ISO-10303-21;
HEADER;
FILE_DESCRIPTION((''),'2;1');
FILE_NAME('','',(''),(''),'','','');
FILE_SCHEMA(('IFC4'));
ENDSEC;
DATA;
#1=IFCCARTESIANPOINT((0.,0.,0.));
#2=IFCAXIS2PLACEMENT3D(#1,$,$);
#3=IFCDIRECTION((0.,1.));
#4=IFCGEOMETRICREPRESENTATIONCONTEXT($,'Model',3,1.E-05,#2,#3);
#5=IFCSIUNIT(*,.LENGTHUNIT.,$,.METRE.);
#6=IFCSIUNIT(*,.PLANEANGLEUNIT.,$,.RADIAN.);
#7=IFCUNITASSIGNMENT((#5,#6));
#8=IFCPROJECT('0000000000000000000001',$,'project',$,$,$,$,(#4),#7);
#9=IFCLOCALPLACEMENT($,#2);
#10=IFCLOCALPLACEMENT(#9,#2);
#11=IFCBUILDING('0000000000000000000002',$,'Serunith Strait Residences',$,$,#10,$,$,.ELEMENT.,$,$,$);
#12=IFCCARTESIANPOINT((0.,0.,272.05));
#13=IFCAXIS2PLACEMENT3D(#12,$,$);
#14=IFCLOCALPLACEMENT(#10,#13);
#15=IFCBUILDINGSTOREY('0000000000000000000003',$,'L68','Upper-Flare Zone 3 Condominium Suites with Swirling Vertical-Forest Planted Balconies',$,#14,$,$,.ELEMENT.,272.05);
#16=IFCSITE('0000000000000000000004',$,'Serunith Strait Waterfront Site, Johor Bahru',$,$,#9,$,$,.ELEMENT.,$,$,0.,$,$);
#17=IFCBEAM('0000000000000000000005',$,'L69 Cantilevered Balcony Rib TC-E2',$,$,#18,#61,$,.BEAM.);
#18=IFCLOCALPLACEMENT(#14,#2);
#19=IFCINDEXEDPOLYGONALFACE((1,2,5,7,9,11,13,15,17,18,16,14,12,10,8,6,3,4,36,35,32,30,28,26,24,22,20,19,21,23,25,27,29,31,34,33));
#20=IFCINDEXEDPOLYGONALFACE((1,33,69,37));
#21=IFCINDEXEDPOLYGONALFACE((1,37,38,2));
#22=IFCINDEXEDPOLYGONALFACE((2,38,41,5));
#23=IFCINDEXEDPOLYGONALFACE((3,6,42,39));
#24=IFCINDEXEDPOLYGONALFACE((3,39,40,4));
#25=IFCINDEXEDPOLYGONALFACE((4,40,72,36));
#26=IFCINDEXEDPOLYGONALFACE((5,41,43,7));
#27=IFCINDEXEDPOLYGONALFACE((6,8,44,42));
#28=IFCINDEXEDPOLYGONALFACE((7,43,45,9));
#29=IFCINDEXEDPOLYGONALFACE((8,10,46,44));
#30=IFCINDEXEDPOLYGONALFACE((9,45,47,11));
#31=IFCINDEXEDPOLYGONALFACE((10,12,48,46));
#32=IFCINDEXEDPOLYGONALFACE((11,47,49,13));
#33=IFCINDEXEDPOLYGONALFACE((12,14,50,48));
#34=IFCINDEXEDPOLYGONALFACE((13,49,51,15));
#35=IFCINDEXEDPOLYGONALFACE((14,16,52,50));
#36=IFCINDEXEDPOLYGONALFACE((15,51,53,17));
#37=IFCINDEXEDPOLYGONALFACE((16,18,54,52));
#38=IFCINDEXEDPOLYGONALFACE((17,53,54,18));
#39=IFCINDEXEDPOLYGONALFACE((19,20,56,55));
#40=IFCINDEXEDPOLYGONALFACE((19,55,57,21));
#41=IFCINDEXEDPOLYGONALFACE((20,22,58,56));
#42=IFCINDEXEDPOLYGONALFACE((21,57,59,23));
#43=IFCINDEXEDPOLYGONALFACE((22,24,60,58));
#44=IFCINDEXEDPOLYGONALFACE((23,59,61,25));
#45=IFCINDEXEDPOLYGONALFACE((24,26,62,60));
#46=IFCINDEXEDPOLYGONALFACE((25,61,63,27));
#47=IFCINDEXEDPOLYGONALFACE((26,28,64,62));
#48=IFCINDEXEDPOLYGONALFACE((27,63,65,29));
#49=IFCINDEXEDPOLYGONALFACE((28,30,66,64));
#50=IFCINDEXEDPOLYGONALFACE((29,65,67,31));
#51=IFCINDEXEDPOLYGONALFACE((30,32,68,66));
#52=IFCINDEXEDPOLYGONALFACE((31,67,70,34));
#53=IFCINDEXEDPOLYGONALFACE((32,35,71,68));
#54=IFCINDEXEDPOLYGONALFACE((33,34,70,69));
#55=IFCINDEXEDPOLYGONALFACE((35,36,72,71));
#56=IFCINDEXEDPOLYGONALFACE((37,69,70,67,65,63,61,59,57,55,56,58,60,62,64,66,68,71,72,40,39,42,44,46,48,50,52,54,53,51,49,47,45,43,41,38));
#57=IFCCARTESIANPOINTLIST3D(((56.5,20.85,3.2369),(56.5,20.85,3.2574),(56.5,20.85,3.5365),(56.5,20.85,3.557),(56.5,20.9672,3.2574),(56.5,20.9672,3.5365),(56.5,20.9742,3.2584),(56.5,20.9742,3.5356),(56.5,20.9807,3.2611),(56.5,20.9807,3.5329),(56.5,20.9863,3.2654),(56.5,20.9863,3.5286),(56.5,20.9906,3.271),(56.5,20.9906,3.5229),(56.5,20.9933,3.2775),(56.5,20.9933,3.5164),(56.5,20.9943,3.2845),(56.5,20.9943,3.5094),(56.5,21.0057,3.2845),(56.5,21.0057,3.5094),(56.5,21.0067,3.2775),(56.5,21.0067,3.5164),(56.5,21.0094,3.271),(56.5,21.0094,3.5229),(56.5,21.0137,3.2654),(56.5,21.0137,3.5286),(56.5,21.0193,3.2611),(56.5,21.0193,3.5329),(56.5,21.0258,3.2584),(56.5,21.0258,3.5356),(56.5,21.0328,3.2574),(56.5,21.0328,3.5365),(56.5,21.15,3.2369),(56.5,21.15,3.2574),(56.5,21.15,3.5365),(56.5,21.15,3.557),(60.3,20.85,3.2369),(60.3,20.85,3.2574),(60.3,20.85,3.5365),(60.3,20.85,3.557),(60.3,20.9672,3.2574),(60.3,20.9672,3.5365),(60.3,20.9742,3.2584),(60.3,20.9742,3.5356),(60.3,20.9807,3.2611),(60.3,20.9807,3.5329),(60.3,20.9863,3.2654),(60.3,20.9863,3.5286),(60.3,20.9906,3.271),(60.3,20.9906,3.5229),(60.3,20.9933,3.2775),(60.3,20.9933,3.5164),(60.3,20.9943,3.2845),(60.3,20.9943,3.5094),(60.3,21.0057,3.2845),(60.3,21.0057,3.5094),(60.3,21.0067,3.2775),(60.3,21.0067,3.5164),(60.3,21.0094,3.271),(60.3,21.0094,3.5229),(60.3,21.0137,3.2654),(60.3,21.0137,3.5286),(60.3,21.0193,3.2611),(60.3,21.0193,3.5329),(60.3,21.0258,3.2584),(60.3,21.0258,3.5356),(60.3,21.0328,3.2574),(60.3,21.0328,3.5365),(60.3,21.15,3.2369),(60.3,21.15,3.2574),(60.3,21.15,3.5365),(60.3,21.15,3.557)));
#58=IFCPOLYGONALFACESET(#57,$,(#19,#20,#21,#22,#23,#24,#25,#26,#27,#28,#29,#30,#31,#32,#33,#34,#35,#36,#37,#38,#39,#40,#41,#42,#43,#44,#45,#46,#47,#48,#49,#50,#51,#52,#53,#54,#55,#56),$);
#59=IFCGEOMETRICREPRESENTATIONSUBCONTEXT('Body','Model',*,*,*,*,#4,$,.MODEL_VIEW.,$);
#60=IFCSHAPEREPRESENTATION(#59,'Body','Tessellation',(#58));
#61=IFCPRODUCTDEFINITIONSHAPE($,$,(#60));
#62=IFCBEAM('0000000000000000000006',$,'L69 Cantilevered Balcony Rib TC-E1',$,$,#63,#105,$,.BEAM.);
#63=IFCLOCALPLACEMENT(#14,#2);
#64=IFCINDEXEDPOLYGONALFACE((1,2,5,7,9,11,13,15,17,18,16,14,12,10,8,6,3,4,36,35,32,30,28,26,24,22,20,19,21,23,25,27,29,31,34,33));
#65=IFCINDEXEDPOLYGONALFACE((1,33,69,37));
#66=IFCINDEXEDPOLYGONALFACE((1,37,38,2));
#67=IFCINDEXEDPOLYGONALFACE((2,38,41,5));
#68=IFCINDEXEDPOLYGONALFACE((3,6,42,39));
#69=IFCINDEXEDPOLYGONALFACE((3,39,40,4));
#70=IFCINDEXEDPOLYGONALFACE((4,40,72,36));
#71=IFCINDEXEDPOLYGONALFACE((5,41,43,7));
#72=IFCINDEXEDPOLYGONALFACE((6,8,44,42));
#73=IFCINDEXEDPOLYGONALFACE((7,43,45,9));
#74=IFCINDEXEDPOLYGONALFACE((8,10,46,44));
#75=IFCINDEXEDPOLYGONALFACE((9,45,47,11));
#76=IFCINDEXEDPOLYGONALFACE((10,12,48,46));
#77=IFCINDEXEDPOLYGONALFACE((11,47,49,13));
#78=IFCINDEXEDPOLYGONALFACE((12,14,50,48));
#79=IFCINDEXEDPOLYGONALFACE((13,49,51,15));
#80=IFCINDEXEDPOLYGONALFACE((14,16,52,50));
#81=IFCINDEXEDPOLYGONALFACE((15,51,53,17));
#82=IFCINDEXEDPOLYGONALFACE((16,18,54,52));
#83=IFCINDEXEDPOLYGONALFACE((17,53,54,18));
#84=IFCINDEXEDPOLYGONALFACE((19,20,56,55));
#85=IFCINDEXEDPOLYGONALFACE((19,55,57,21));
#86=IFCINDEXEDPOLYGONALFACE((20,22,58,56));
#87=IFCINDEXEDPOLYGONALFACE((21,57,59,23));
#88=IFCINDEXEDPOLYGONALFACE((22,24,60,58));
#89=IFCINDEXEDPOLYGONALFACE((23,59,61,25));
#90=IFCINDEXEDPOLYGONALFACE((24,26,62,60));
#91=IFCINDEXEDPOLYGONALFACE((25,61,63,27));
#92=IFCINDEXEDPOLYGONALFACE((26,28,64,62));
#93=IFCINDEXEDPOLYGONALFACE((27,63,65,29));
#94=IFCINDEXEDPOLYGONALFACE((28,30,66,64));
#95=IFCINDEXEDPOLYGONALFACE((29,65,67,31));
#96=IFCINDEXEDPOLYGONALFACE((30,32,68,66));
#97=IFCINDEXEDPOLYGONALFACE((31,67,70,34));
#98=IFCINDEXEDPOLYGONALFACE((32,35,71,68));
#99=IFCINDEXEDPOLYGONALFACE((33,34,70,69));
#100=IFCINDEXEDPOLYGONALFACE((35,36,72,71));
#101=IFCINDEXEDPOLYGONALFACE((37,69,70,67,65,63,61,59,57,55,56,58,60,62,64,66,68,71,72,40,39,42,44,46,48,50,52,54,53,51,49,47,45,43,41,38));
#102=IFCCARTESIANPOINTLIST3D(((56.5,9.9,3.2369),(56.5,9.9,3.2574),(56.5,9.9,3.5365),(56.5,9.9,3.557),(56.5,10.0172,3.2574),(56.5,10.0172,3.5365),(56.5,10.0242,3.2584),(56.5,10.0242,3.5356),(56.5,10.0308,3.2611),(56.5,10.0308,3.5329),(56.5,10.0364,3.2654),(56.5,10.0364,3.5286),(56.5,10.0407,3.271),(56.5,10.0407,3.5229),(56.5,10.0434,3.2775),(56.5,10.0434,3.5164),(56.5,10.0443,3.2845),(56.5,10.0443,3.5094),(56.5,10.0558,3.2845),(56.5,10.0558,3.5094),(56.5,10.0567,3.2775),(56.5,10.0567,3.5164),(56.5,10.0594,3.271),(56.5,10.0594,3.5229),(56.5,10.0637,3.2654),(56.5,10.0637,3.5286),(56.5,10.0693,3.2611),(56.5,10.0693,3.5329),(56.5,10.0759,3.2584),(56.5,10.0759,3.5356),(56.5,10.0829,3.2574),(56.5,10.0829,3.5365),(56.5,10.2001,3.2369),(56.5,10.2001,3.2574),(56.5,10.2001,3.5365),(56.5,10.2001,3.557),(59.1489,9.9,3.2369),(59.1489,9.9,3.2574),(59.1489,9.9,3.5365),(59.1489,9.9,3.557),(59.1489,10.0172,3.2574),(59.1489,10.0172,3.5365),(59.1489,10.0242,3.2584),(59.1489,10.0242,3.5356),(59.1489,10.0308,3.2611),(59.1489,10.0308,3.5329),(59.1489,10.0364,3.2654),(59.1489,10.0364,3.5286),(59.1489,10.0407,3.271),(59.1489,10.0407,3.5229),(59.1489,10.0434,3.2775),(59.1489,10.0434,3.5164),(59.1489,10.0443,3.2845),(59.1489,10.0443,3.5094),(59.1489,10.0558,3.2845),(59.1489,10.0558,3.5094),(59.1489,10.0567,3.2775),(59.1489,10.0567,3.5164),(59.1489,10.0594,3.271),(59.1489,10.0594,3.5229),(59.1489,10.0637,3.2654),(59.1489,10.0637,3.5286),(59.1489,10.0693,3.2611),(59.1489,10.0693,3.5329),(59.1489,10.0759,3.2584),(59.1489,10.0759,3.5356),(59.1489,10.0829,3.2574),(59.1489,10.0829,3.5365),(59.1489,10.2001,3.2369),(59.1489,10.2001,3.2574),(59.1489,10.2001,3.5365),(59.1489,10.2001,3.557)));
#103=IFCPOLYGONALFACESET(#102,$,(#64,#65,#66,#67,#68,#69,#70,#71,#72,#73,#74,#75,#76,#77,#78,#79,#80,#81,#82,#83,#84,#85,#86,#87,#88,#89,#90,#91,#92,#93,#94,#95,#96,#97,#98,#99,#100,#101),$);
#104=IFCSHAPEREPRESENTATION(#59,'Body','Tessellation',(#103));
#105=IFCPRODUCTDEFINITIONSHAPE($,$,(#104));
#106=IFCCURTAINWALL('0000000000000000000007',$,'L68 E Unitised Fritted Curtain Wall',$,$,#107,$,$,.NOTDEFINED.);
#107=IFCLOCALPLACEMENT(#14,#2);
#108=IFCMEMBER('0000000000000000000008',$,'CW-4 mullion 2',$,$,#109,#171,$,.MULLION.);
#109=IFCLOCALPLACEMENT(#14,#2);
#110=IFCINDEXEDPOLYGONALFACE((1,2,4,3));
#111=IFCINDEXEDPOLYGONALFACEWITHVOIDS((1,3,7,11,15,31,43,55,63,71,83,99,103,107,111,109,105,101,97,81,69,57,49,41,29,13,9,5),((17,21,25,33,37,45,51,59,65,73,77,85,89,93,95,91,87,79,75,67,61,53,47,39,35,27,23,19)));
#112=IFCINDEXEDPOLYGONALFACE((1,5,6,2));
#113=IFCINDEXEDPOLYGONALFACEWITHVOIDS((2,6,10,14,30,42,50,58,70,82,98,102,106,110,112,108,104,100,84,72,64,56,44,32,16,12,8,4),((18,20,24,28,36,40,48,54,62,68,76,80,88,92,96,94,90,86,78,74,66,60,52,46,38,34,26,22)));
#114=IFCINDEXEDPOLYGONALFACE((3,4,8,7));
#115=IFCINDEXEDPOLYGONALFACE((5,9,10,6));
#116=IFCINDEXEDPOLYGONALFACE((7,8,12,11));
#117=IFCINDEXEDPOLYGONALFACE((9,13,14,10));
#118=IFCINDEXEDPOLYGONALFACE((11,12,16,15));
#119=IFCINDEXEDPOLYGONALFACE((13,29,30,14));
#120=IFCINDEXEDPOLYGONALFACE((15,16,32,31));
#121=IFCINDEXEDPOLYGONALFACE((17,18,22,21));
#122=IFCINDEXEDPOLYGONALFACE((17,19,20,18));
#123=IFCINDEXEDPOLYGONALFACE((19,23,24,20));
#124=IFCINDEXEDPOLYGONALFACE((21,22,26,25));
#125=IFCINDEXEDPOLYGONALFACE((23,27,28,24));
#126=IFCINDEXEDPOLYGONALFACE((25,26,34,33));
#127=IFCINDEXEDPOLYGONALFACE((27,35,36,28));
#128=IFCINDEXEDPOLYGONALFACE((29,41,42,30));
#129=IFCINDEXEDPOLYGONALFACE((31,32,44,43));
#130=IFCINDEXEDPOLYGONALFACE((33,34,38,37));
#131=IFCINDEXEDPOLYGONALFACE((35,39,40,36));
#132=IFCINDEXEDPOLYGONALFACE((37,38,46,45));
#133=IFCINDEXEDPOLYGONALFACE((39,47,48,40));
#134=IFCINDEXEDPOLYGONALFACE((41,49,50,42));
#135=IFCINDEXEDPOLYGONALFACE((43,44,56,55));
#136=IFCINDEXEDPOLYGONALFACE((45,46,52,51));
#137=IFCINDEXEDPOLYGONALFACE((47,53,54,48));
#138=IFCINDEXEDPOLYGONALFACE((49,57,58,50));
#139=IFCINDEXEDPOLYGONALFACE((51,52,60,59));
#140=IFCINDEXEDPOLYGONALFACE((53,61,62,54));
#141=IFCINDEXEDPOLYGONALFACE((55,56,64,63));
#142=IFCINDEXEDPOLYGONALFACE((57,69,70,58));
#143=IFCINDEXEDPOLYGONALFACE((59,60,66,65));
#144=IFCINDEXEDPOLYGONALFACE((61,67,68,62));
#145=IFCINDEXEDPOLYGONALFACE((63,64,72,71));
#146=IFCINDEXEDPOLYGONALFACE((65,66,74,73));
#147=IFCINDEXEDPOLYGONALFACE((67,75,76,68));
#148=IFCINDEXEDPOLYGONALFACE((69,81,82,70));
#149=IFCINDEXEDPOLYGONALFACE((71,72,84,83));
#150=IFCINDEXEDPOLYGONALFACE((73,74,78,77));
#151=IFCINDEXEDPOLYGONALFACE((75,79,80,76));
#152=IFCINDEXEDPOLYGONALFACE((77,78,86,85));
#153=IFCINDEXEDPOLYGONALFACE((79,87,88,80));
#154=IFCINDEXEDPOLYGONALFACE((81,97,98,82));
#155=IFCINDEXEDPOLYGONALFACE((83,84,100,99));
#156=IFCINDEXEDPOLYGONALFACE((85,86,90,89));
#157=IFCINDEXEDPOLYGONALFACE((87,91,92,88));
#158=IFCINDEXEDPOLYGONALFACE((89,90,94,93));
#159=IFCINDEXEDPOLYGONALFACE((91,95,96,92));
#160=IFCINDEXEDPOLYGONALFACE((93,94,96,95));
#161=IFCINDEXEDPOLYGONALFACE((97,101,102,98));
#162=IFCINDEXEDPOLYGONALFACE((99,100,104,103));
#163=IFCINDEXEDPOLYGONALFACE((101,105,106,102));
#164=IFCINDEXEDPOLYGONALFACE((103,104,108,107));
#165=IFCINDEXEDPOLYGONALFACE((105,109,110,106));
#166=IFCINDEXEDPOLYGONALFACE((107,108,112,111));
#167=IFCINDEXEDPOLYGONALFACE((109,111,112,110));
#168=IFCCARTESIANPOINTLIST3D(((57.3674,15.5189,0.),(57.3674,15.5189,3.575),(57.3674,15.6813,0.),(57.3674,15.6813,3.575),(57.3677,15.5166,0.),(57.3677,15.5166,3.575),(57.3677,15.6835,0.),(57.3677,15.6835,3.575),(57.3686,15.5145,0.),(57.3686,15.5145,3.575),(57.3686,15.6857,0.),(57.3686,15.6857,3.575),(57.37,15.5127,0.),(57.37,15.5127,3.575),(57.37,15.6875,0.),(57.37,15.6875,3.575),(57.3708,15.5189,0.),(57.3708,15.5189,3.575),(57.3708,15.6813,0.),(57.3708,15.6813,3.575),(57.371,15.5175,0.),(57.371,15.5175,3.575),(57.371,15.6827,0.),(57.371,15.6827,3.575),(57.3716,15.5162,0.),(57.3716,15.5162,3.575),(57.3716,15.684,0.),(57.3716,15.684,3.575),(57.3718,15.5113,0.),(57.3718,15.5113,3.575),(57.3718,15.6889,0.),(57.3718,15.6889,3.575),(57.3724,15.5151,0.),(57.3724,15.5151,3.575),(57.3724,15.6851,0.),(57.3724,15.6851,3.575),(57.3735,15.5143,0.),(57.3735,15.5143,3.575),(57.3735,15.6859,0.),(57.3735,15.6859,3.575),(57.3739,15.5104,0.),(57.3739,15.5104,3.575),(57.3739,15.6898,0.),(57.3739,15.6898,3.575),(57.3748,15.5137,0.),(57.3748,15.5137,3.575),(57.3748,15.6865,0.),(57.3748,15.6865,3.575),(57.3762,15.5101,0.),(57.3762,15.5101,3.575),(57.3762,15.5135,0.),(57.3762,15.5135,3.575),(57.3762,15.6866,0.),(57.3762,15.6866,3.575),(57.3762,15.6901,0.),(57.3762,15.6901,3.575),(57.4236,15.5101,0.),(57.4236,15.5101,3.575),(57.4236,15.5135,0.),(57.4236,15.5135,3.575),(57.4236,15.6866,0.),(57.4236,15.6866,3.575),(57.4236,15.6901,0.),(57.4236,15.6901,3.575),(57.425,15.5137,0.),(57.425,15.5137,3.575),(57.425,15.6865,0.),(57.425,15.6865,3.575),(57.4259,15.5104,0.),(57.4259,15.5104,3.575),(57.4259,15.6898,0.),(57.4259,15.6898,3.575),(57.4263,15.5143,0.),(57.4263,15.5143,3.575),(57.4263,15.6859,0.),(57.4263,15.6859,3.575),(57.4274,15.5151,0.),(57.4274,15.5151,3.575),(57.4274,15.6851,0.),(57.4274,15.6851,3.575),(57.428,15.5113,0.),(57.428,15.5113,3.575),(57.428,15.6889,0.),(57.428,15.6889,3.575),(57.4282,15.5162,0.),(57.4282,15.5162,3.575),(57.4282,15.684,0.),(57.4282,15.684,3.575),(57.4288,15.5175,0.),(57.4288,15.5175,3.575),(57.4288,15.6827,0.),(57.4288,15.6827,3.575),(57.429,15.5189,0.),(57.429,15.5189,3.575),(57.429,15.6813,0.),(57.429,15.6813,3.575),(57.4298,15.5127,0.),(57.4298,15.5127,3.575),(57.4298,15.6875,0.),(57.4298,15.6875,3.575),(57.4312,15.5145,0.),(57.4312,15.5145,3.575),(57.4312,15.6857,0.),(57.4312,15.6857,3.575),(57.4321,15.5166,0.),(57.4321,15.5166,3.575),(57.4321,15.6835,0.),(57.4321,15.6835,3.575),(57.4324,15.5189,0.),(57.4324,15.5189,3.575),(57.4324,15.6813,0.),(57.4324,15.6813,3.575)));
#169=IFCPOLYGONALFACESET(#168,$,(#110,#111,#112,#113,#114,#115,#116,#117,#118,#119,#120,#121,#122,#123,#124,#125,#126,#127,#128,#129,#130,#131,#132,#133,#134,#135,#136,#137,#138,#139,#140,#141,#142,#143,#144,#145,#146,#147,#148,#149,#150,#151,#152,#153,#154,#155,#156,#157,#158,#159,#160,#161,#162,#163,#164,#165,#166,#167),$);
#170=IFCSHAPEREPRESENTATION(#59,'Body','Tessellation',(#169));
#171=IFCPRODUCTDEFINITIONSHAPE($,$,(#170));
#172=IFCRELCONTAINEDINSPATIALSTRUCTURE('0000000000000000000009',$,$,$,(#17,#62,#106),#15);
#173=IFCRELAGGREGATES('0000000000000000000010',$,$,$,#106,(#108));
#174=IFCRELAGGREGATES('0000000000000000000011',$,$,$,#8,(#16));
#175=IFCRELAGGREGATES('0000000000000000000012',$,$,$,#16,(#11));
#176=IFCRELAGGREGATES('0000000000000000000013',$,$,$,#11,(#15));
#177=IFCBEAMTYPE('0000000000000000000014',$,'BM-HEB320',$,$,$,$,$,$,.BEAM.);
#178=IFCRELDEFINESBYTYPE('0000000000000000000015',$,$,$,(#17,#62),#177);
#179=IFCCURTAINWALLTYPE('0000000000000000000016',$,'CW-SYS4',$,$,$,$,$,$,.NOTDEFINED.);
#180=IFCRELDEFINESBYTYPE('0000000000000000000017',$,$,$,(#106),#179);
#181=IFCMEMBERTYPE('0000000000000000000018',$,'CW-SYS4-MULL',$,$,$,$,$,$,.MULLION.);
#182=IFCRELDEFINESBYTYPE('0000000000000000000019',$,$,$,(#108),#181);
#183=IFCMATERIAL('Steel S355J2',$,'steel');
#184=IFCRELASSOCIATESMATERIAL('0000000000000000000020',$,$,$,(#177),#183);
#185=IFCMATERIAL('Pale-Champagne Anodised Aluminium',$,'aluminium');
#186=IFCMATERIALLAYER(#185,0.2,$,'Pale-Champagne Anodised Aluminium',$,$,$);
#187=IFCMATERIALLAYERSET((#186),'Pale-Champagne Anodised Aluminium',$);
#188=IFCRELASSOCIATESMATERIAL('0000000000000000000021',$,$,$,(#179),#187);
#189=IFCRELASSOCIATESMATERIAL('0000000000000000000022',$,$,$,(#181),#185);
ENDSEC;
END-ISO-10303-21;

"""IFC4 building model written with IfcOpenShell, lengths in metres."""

from ifc_helpers import new_model, si_unit, direction, frame, origin, origin_2d, place, context, subcontext, project, spatial, hollow_rectangle, i_section, extrude, source, transform, mapped, material, layer, layer_set, material_profile, profile_set, type_object, element, aggregate, save


model = new_model("IFC4")

# Units and contexts
model_context = context("Model", 3, precision=1e-05, world=origin(), true_north=direction((0.0, 1.0)))
body_context = subcontext(model_context, "Body", "Model", "MODEL_VIEW")
ifc_project = project(units=[si_unit("LENGTHUNIT", "METRE"), si_unit("PLANEANGLEUNIT", "RADIAN")], contexts=[model_context])

# Site, building, storey
site_placement = place(None, origin())
site = spatial("IfcSite", under=ifc_project, at=site_placement, Name="Serunith Strait Waterfront Site, Johor Bahru", CompositionType="ELEMENT", RefElevation=0.0)
building_placement = place(site_placement, origin())
building = spatial("IfcBuilding", under=site, at=building_placement, Name="Serunith Strait Residences", CompositionType="ELEMENT")
storey_placement = place(building_placement, frame((0.0, 0.0, 272.05)))
storey = spatial("IfcBuildingStorey", under=building, at=storey_placement, Name="L68", Description="Upper-Flare Zone 3 Condominium Suites with Swirling Vertical-Forest Planted Balconies", CompositionType="ELEMENT", Elevation=272.05)

# Beams
ifc_material_1 = material(Name="Steel S355J2", Category="steel")
ifc_material_profile_1 = material_profile(ifc_material_1, i_section(OverallWidth=0.3, OverallDepth=0.3201, WebThickness=0.0115, FlangeThickness=0.0205, FilletRadius=0.0271, at=origin_2d()), Name="HEB 320")
ifc_profile_set_1 = profile_set([ifc_material_profile_1], Name="Steel S355J2")
beam_type_1 = type_object("IfcBeamType", Name="BM-HEB320", PredefinedType="BEAM", material=ifc_profile_set_1)
shared_shape_1 = source(origin(), body_context, "Body", "SweptSolid", [
    extrude(i_section(OverallWidth=0.3, OverallDepth=0.3201, WebThickness=0.0115, FlangeThickness=0.0205, FilletRadius=0.0271, at=origin_2d()), origin(), (0.0, 0.0, 1.0), 3.8),
])
beam_1_placement = place(storey_placement, frame((56.5, 21.0, 3.397), z_axis=(1.0, 0.0, 0.0), x_axis=(0.0, 1.0, 0.0)))
element("IfcBeam", 1, at=beam_1_placement, inside=storey, type_object=beam_type_1, Name="L69 Cantilevered Balcony Rib TC-E2", PredefinedType="BEAM", context=body_context, shape_type="MappedRepresentation", body=[
    mapped(shared_shape_1, transform((0.0, 0.0, 0.0), scale=1.0)),
])
shared_shape_2 = source(origin(), body_context, "Body", "SweptSolid", [
    extrude(i_section(OverallWidth=0.3, OverallDepth=0.3201, WebThickness=0.0115, FlangeThickness=0.0205, FilletRadius=0.0271, at=origin_2d()), origin(), (0.0, 0.0, 1.0), 2.6489),
])
beam_2_placement = place(storey_placement, frame((56.5, 10.05, 3.397), z_axis=(1.0, 0.0, 0.0), x_axis=(0.0, 1.0, 0.0)))
element("IfcBeam", 2, at=beam_2_placement, inside=storey, type_object=beam_type_1, Name="L69 Cantilevered Balcony Rib TC-E1", PredefinedType="BEAM", context=body_context, shape_type="MappedRepresentation", body=[
    mapped(shared_shape_2, transform((0.0, 0.0, 0.0), scale=1.0)),
])

# Curtain wall, member
ifc_material_2 = material(Name="Pale-Champagne Anodised Aluminium", Category="aluminium")
ifc_layer_1 = layer(ifc_material_2, 0.2, Name="Pale-Champagne Anodised Aluminium")
ifc_layer_set_1 = layer_set([ifc_layer_1], Name="Pale-Champagne Anodised Aluminium")
curtain_wall_type = type_object("IfcCurtainWallType", Name="CW-SYS4", PredefinedType="NOTDEFINED", material=ifc_layer_set_1)
curtain_wall_placement = place(storey_placement, origin())
curtain_wall = element("IfcCurtainWall", 3, at=curtain_wall_placement, inside=storey, type_object=curtain_wall_type, Name="L68 E Unitised Fritted Curtain Wall", PredefinedType="NOTDEFINED")
ifc_material_profile_2 = material_profile(ifc_material_2, hollow_rectangle(XDim=0.0649, YDim=0.1799, WallThickness=0.0034, InnerFilletRadius=0.0054, OuterFilletRadius=0.0088, at=origin_2d()), Name="ALU 180x65x3.5")
ifc_profile_set_2 = profile_set([ifc_material_profile_2], Name="Pale-Champagne Anodised Aluminium")
member_type_1 = type_object("IfcMemberType", Name="CW-SYS4-MULL", PredefinedType="MULLION", material=ifc_profile_set_2)
shared_shape_3 = source(origin(), body_context, "Body", "SweptSolid", [
    extrude(hollow_rectangle(XDim=0.0649, YDim=0.1799, WallThickness=0.0034, InnerFilletRadius=0.0054, OuterFilletRadius=0.0088, at=origin_2d()), origin(), (0.0, 0.0, 1.0), 3.575),
])
member_1_placement = place(storey_placement, frame((57.3999, 15.6001, 0.0), z_axis=(0.0, 0.0, 1.0), x_axis=(-1.0, 0.0, 0.0)))
member_1 = element("IfcMember", 4, at=member_1_placement, type_object=member_type_1, Name="CW-4 mullion 2", PredefinedType="MULLION", context=body_context, shape_type="MappedRepresentation", body=[
    mapped(shared_shape_3, transform((0.0, 0.0, 0.0), scale=1.0)),
])
aggregate(curtain_wall, [member_1])

save(model, "model.ifc")
